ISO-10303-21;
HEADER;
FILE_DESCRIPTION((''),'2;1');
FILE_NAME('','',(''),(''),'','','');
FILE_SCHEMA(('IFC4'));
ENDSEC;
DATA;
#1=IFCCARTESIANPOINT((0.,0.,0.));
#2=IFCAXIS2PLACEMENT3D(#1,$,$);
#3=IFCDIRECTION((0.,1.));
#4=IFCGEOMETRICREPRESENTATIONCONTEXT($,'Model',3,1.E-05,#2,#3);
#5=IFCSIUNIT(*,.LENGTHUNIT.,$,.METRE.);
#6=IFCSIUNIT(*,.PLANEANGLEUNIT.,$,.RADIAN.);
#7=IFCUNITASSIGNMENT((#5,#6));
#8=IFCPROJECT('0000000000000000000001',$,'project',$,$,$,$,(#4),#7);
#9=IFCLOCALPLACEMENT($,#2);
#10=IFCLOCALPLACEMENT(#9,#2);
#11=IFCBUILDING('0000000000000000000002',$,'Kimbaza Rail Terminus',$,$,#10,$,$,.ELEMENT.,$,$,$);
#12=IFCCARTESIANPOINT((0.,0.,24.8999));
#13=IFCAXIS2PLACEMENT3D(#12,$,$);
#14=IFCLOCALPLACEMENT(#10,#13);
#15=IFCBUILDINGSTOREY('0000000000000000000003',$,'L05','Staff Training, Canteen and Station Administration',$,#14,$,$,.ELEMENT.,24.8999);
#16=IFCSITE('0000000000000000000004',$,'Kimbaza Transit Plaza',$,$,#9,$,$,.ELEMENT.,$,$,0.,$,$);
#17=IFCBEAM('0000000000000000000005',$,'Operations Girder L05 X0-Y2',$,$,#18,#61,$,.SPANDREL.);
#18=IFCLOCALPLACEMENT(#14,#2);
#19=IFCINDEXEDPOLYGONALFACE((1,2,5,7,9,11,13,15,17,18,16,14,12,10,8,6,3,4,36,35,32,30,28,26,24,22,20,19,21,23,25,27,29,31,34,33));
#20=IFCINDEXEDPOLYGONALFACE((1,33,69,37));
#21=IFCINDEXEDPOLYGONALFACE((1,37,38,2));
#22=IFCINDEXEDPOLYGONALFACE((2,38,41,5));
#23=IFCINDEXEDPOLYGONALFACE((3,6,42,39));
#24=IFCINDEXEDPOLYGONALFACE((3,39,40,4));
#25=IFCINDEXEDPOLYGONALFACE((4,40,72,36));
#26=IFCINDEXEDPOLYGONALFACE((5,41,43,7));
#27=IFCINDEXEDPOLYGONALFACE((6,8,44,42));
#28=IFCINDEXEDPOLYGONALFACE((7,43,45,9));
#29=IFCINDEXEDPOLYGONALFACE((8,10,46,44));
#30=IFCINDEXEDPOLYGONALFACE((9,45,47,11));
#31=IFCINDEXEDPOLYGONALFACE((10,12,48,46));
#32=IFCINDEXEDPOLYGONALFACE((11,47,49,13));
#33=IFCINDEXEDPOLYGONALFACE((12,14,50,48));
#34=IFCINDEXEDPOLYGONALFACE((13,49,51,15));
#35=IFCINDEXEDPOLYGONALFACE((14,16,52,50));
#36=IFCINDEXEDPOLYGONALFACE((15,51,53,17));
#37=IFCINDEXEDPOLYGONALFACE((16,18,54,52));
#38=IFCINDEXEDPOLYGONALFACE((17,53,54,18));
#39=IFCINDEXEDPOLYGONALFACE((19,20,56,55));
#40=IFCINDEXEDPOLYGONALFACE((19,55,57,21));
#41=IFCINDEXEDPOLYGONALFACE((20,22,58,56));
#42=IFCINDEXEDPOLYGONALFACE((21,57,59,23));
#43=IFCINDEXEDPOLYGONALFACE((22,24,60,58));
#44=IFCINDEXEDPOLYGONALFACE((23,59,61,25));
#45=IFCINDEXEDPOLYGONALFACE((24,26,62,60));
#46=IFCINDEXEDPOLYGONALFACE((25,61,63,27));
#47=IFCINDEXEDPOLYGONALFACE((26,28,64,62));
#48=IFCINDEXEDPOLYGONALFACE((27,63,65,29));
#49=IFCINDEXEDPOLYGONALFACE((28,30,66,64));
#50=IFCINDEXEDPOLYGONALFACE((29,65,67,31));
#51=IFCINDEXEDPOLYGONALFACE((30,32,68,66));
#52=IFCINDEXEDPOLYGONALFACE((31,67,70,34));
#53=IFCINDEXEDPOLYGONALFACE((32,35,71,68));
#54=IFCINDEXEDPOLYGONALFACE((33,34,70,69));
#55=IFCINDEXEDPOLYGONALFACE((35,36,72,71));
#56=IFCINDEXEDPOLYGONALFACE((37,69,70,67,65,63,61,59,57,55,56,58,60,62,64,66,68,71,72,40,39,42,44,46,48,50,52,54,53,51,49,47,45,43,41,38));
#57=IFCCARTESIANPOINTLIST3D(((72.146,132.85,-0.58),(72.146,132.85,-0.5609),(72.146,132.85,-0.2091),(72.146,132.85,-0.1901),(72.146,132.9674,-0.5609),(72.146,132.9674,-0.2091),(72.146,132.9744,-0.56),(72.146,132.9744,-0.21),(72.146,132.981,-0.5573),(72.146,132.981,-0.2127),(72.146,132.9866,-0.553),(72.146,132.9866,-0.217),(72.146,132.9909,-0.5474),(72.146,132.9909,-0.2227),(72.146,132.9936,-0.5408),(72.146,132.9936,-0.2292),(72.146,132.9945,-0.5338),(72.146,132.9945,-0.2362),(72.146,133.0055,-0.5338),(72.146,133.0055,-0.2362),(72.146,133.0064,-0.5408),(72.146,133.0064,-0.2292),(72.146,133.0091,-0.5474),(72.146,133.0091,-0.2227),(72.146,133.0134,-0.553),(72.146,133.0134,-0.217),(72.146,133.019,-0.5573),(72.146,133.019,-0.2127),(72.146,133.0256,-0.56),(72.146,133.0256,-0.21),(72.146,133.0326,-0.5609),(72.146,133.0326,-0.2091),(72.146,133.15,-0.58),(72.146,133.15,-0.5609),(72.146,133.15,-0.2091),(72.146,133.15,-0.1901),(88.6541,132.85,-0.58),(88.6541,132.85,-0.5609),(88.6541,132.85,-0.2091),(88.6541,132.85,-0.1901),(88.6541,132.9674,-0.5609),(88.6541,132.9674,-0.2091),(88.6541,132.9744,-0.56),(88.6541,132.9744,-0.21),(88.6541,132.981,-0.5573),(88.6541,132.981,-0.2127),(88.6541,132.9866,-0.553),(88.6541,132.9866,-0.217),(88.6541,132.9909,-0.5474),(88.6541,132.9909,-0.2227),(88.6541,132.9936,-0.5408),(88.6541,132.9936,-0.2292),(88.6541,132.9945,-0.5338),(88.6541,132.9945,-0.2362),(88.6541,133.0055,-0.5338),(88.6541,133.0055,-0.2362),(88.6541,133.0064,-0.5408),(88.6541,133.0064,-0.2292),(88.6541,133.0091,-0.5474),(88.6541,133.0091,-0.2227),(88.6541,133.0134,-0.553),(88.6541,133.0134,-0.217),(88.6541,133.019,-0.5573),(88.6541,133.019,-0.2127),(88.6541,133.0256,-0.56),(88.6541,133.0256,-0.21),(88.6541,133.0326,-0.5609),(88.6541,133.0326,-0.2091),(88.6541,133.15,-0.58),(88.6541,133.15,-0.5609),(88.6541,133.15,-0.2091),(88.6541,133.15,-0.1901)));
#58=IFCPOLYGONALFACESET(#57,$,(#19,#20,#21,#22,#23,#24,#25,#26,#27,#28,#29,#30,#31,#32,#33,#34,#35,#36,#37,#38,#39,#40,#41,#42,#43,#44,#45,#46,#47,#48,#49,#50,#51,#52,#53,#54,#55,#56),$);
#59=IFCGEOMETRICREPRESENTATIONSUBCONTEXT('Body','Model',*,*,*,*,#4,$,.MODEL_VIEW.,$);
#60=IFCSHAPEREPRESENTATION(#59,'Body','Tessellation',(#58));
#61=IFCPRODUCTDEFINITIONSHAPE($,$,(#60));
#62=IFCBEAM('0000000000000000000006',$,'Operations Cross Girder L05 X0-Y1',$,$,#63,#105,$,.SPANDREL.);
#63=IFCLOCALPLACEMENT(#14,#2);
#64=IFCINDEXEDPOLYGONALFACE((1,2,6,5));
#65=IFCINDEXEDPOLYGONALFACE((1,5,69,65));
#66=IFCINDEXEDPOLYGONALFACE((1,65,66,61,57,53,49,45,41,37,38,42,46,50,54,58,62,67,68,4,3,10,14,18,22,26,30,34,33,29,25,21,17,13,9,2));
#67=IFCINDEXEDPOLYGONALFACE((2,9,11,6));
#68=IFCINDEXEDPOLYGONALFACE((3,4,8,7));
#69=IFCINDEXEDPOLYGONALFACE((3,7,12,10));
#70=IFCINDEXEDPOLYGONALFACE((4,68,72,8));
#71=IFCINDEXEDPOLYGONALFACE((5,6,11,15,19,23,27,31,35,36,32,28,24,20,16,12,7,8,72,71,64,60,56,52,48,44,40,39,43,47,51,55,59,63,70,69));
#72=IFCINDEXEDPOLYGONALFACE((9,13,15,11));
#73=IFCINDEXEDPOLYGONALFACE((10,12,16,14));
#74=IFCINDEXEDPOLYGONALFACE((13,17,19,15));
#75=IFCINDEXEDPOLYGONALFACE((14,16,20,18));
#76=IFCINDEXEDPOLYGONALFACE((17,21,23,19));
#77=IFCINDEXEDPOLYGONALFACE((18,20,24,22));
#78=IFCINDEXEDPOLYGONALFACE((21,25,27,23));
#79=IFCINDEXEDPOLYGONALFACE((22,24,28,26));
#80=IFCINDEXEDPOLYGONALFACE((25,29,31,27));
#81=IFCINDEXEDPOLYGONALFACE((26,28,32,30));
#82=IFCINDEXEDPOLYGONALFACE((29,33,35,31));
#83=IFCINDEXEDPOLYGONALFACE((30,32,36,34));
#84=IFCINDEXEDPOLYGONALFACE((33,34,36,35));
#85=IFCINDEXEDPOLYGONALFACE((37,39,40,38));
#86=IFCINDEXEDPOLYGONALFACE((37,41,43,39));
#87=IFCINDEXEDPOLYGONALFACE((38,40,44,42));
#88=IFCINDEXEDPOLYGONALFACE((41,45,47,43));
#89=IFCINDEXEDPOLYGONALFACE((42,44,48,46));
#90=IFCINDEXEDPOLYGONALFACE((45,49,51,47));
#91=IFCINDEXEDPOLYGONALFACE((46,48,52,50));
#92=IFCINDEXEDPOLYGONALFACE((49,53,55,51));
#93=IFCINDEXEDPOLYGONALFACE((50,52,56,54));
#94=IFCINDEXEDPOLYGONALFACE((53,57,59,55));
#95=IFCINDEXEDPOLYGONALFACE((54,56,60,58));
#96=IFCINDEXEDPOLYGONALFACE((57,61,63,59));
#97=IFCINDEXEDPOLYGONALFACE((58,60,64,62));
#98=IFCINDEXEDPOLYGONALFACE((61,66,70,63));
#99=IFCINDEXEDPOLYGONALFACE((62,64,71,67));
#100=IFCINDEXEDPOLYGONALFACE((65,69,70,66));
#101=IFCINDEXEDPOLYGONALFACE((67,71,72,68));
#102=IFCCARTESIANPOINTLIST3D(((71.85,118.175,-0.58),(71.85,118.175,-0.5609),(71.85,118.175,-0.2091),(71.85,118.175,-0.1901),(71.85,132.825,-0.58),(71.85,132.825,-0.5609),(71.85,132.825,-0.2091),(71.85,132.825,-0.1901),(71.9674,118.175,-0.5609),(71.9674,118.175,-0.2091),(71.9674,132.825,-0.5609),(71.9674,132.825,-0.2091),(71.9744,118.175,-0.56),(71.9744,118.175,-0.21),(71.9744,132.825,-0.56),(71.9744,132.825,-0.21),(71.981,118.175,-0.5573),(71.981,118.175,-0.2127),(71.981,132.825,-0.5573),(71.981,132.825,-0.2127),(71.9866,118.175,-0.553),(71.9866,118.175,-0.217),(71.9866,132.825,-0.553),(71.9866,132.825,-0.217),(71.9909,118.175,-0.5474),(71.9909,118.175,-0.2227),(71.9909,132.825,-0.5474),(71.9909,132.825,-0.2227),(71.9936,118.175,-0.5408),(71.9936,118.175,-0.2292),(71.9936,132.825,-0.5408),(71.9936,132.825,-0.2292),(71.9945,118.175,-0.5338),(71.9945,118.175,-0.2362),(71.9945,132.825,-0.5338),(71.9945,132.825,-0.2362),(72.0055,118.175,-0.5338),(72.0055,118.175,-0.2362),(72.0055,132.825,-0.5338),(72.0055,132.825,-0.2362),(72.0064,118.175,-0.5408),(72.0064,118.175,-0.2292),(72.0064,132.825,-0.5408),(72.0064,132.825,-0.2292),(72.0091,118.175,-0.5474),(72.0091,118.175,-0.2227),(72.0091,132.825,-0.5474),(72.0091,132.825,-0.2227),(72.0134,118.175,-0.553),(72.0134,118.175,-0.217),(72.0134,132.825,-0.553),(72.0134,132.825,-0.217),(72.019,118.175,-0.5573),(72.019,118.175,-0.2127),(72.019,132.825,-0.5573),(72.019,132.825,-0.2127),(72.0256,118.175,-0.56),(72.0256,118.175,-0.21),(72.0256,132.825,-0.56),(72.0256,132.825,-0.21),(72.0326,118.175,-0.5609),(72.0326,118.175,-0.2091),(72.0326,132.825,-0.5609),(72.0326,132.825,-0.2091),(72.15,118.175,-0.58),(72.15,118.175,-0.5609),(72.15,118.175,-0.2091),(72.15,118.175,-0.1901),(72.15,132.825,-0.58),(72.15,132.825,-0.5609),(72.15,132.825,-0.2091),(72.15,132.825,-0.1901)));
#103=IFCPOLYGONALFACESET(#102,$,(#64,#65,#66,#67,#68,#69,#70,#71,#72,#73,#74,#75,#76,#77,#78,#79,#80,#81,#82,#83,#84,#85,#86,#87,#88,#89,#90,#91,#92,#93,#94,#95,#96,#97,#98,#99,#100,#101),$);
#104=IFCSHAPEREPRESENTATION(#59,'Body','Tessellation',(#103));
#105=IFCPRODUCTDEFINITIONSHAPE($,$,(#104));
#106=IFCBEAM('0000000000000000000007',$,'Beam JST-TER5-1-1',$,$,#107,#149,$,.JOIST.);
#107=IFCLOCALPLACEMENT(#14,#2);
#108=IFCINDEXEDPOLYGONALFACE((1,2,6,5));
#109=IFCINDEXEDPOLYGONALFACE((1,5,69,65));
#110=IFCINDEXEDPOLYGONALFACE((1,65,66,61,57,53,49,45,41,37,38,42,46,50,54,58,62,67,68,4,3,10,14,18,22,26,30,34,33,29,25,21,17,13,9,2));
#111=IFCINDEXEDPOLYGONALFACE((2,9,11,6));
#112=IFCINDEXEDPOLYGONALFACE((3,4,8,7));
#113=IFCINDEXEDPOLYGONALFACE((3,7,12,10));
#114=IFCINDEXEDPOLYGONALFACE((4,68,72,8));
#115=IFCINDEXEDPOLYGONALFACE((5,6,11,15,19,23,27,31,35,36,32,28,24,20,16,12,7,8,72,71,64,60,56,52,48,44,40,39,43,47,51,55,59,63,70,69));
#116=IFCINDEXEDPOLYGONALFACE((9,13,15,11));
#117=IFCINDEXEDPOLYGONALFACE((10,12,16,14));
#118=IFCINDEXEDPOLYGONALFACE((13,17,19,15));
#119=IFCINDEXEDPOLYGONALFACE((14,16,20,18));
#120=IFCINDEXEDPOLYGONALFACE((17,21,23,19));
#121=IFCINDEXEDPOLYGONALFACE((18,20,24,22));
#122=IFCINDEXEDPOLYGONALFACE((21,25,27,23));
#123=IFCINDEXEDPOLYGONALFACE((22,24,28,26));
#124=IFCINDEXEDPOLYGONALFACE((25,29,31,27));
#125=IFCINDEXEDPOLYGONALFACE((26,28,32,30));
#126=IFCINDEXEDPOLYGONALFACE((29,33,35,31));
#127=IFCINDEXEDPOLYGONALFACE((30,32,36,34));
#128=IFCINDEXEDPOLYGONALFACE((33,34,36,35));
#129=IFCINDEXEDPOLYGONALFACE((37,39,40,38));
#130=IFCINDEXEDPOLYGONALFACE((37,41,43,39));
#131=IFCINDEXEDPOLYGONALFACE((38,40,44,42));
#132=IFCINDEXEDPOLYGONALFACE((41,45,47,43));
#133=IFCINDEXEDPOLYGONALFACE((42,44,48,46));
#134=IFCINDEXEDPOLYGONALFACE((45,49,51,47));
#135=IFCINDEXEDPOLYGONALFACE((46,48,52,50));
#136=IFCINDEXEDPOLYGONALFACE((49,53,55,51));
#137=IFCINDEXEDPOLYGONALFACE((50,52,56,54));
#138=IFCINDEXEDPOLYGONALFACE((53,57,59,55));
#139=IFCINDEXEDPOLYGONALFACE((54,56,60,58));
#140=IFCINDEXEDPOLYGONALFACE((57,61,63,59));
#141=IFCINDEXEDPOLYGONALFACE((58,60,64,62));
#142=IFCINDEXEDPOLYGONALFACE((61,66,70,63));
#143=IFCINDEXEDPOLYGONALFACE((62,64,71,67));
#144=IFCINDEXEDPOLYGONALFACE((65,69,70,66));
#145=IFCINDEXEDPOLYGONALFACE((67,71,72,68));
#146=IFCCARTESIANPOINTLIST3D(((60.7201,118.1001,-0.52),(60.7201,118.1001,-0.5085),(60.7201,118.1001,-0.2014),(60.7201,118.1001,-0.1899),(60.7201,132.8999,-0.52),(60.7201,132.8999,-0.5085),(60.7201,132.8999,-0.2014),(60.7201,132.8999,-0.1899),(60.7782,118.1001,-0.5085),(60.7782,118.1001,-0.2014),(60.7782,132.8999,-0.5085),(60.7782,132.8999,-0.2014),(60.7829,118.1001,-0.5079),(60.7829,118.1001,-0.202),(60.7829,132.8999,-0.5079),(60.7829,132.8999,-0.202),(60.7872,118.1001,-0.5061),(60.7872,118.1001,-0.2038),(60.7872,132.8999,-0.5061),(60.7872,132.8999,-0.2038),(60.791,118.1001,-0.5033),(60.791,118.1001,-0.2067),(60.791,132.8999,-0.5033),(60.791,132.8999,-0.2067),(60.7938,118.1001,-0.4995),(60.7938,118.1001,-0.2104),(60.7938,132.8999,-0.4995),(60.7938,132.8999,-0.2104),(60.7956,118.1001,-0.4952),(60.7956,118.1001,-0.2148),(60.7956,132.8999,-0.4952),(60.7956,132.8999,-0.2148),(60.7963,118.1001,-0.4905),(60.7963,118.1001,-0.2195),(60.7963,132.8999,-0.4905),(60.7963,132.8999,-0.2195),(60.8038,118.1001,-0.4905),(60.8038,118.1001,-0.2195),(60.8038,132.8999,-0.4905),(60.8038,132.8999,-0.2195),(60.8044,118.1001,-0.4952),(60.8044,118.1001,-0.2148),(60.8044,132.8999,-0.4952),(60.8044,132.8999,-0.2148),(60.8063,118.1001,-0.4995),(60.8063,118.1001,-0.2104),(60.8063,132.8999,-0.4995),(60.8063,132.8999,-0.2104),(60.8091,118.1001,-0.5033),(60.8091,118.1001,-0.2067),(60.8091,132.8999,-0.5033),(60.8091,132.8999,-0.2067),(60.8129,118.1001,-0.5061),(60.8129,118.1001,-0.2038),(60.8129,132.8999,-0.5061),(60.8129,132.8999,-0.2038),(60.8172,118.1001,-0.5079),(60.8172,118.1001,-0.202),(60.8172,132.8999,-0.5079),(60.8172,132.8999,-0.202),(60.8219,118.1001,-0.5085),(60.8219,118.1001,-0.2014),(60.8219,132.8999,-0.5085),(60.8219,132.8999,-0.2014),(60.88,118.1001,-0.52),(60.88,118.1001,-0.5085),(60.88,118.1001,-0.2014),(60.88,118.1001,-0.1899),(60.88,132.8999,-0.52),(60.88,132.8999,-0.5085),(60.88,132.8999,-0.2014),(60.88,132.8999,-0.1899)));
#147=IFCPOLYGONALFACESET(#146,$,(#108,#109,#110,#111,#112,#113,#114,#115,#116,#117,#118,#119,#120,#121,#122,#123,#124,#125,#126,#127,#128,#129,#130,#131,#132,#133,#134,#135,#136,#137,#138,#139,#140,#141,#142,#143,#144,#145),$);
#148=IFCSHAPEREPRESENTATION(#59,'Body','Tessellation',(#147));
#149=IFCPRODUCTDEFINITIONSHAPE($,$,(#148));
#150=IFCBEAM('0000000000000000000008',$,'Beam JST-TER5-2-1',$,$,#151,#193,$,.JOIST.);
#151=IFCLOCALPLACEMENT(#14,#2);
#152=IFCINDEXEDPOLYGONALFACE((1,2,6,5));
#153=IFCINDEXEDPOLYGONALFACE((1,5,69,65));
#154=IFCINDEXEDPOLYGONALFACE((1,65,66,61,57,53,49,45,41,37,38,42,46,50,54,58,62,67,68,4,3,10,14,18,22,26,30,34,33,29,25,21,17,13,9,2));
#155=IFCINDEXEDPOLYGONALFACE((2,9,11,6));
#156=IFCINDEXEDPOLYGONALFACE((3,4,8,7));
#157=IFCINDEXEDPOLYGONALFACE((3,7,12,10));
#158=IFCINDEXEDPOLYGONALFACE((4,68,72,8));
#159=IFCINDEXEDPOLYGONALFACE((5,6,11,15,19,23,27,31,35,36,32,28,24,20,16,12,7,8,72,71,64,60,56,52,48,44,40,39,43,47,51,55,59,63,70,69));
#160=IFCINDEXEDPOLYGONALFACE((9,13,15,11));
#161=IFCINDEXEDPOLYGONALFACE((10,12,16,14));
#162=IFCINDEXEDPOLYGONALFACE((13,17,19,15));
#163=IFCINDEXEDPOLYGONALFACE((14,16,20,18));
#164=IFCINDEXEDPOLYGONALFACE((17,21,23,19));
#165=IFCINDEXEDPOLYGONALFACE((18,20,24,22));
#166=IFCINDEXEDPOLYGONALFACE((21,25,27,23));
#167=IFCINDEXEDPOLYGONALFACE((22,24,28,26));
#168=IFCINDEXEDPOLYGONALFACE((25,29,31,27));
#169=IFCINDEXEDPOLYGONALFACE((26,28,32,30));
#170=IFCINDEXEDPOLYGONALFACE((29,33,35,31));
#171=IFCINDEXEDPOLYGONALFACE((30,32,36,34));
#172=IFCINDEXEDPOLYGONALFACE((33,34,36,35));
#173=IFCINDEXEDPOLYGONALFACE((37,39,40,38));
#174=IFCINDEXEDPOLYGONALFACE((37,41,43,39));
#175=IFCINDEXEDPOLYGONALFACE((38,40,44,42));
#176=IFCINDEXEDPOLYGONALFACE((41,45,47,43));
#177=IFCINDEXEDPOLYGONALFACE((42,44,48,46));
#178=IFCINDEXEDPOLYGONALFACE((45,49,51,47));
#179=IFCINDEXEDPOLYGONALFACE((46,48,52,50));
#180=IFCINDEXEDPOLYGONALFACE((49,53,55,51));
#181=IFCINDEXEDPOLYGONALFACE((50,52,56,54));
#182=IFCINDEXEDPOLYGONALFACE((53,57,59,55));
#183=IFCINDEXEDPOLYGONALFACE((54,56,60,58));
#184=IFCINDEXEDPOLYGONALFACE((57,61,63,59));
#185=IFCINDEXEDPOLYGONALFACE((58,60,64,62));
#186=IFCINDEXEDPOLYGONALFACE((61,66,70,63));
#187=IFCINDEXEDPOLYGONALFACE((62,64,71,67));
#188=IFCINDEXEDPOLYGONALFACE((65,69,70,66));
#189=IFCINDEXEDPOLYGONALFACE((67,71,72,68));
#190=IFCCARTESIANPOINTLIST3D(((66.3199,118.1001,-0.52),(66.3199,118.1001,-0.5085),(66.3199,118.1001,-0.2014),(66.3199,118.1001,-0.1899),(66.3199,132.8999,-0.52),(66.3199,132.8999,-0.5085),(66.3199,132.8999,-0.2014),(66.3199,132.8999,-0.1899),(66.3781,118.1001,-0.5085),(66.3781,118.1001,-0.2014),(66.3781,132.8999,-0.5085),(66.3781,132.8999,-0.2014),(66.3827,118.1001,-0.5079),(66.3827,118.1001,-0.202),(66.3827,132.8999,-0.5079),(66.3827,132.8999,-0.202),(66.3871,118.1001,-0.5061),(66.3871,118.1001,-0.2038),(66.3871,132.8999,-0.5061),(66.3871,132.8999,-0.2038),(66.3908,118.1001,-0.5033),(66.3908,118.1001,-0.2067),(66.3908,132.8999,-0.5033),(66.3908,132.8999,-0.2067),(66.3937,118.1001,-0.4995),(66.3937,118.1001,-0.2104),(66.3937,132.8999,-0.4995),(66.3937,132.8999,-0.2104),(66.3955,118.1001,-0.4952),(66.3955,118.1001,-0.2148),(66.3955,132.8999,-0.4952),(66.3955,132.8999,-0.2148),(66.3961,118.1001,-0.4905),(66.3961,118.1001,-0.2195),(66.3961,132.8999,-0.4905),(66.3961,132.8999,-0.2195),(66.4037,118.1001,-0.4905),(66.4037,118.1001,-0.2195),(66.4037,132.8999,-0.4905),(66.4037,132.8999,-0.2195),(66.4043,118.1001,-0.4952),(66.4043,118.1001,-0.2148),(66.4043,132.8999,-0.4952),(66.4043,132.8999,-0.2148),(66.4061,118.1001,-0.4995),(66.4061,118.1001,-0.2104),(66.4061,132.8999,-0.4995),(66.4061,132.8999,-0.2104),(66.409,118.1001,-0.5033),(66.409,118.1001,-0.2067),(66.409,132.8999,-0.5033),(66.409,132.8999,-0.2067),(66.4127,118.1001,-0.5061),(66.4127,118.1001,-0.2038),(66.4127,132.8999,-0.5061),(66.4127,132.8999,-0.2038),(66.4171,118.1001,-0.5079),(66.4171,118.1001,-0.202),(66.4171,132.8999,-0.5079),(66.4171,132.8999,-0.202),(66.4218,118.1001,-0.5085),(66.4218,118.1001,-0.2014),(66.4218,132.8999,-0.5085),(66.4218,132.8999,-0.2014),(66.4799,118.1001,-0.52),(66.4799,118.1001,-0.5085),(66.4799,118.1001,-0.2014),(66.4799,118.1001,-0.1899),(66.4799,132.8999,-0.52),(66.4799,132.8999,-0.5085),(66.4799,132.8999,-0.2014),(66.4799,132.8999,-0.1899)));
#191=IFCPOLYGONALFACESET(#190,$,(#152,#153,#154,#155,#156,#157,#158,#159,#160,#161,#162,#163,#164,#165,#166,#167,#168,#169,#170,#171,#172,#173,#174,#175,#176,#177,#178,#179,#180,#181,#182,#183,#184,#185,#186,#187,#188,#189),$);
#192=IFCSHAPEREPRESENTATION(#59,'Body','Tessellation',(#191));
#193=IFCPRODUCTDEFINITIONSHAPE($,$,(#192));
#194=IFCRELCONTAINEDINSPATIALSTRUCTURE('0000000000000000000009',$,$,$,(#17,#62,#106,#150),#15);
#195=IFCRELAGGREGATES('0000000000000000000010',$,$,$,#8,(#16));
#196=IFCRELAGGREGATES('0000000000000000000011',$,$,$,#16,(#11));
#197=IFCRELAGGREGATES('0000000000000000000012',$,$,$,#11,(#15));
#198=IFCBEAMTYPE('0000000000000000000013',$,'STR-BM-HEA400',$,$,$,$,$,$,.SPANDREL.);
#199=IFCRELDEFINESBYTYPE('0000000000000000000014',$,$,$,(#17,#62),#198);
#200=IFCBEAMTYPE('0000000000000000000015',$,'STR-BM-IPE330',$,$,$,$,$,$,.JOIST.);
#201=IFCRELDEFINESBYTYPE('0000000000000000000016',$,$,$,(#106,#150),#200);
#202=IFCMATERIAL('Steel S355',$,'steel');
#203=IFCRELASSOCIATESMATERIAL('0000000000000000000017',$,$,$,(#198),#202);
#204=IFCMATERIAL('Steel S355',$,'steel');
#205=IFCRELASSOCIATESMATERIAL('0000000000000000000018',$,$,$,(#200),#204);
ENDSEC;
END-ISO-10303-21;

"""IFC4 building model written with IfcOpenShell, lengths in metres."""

from ifc_helpers import new_model, si_unit, direction, frame, origin, origin_2d, place, context, subcontext, project, spatial, i_section, extrude, material, material_profile, profile_set, type_object, element, save


model = new_model("IFC4")

# Units and contexts
model_context = context("Model", 3, precision=1e-05, world=origin(), true_north=direction((0.0, 1.0)))
body_context = subcontext(model_context, "Body", "Model", "MODEL_VIEW")
ifc_project = project(units=[si_unit("LENGTHUNIT", "METRE"), si_unit("PLANEANGLEUNIT", "RADIAN")], contexts=[model_context])

# Site, building, storey
site_placement = place(None, origin())
site = spatial("IfcSite", under=ifc_project, at=site_placement, Name="Kimbaza Transit Plaza", CompositionType="ELEMENT", RefElevation=0.0)
building_placement = place(site_placement, origin())
building = spatial("IfcBuilding", under=site, at=building_placement, Name="Kimbaza Rail Terminus", CompositionType="ELEMENT")
storey_placement = place(building_placement, frame((0.0, 0.0, 24.8999)))
storey = spatial("IfcBuildingStorey", under=building, at=storey_placement, Name="L05", Description="Staff Training, Canteen and Station Administration", CompositionType="ELEMENT", Elevation=24.8999)

# Beams
ifc_material_1 = material(Name="Steel S355", Category="steel")
ifc_material_profile_1 = material_profile(ifc_material_1, i_section(OverallWidth=0.3, OverallDepth=0.3899, WebThickness=0.011, FlangeThickness=0.019, FilletRadius=0.0271, at=origin_2d()), Name="HEA 400")
ifc_profile_set_1 = profile_set([ifc_material_profile_1], Name="Steel S355")
beam_type_1 = type_object("IfcBeamType", Name="STR-BM-HEA400", PredefinedType="SPANDREL", material=ifc_profile_set_1)
beam_1_placement = place(storey_placement, frame((72.146, 133.0, -0.385), z_axis=(1.0, 0.0, 0.0), x_axis=(0.0, 1.0, 0.0)))
element("IfcBeam", 1, at=beam_1_placement, inside=storey, type_object=beam_type_1, Name="Operations Girder L05 X0-Y2", PredefinedType="SPANDREL", context=body_context, shape_type="SweptSolid", body=[
    extrude(i_section(OverallWidth=0.3, OverallDepth=0.3899, WebThickness=0.011, FlangeThickness=0.019, FilletRadius=0.0271, at=origin_2d()), origin(), (0.0, 0.0, 1.0), 16.5081),
])
beam_2_placement = place(storey_placement, frame((72.0, 118.175, -0.385), z_axis=(0.0, 1.0, 0.0), x_axis=(-1.0, 0.0, 0.0)))
element("IfcBeam", 2, at=beam_2_placement, inside=storey, type_object=beam_type_1, Name="Operations Cross Girder L05 X0-Y1", PredefinedType="SPANDREL", context=body_context, shape_type="SweptSolid", body=[
    extrude(i_section(OverallWidth=0.3, OverallDepth=0.3899, WebThickness=0.011, FlangeThickness=0.019, FilletRadius=0.0271, at=origin_2d()), origin(), (0.0, 0.0, 1.0), 14.6499),
])
ifc_material_2 = material(Name="Steel S355", Category="steel")
ifc_material_profile_2 = material_profile(ifc_material_2, i_section(OverallWidth=0.1599, OverallDepth=0.3301, WebThickness=0.0076, FlangeThickness=0.0115, FilletRadius=0.0181, at=origin_2d()), Name="IPE 330")
ifc_profile_set_2 = profile_set([ifc_material_profile_2], Name="Steel S355")
beam_type_2 = type_object("IfcBeamType", Name="STR-BM-IPE330", PredefinedType="JOIST", material=ifc_profile_set_2)
for number, where, z_axis, x_axis, name in (
    (3, (60.8, 118.1001, -0.355), (0.0, 1.0, 0.0), (-1.0, 0.0, 0.0), "Beam JST-TER5-1-1"),
    (4, (66.3999, 118.1001, -0.355), (0.0, 1.0, 0.0), (-1.0, 0.0, 0.0), "Beam JST-TER5-2-1"),
):
    element("IfcBeam", number, at=place(storey_placement, frame(where, z_axis=z_axis, x_axis=x_axis)), inside=storey, type_object=beam_type_2, Name=name, PredefinedType="JOIST", context=body_context, shape_type="SweptSolid", body=[
        extrude(i_section(OverallWidth=0.1599, OverallDepth=0.3301, WebThickness=0.0076, FlangeThickness=0.0115, FilletRadius=0.0181, at=origin_2d()), origin(), (0.0, 0.0, 1.0), 14.7998),
    ])

save(model, "model.ifc")
